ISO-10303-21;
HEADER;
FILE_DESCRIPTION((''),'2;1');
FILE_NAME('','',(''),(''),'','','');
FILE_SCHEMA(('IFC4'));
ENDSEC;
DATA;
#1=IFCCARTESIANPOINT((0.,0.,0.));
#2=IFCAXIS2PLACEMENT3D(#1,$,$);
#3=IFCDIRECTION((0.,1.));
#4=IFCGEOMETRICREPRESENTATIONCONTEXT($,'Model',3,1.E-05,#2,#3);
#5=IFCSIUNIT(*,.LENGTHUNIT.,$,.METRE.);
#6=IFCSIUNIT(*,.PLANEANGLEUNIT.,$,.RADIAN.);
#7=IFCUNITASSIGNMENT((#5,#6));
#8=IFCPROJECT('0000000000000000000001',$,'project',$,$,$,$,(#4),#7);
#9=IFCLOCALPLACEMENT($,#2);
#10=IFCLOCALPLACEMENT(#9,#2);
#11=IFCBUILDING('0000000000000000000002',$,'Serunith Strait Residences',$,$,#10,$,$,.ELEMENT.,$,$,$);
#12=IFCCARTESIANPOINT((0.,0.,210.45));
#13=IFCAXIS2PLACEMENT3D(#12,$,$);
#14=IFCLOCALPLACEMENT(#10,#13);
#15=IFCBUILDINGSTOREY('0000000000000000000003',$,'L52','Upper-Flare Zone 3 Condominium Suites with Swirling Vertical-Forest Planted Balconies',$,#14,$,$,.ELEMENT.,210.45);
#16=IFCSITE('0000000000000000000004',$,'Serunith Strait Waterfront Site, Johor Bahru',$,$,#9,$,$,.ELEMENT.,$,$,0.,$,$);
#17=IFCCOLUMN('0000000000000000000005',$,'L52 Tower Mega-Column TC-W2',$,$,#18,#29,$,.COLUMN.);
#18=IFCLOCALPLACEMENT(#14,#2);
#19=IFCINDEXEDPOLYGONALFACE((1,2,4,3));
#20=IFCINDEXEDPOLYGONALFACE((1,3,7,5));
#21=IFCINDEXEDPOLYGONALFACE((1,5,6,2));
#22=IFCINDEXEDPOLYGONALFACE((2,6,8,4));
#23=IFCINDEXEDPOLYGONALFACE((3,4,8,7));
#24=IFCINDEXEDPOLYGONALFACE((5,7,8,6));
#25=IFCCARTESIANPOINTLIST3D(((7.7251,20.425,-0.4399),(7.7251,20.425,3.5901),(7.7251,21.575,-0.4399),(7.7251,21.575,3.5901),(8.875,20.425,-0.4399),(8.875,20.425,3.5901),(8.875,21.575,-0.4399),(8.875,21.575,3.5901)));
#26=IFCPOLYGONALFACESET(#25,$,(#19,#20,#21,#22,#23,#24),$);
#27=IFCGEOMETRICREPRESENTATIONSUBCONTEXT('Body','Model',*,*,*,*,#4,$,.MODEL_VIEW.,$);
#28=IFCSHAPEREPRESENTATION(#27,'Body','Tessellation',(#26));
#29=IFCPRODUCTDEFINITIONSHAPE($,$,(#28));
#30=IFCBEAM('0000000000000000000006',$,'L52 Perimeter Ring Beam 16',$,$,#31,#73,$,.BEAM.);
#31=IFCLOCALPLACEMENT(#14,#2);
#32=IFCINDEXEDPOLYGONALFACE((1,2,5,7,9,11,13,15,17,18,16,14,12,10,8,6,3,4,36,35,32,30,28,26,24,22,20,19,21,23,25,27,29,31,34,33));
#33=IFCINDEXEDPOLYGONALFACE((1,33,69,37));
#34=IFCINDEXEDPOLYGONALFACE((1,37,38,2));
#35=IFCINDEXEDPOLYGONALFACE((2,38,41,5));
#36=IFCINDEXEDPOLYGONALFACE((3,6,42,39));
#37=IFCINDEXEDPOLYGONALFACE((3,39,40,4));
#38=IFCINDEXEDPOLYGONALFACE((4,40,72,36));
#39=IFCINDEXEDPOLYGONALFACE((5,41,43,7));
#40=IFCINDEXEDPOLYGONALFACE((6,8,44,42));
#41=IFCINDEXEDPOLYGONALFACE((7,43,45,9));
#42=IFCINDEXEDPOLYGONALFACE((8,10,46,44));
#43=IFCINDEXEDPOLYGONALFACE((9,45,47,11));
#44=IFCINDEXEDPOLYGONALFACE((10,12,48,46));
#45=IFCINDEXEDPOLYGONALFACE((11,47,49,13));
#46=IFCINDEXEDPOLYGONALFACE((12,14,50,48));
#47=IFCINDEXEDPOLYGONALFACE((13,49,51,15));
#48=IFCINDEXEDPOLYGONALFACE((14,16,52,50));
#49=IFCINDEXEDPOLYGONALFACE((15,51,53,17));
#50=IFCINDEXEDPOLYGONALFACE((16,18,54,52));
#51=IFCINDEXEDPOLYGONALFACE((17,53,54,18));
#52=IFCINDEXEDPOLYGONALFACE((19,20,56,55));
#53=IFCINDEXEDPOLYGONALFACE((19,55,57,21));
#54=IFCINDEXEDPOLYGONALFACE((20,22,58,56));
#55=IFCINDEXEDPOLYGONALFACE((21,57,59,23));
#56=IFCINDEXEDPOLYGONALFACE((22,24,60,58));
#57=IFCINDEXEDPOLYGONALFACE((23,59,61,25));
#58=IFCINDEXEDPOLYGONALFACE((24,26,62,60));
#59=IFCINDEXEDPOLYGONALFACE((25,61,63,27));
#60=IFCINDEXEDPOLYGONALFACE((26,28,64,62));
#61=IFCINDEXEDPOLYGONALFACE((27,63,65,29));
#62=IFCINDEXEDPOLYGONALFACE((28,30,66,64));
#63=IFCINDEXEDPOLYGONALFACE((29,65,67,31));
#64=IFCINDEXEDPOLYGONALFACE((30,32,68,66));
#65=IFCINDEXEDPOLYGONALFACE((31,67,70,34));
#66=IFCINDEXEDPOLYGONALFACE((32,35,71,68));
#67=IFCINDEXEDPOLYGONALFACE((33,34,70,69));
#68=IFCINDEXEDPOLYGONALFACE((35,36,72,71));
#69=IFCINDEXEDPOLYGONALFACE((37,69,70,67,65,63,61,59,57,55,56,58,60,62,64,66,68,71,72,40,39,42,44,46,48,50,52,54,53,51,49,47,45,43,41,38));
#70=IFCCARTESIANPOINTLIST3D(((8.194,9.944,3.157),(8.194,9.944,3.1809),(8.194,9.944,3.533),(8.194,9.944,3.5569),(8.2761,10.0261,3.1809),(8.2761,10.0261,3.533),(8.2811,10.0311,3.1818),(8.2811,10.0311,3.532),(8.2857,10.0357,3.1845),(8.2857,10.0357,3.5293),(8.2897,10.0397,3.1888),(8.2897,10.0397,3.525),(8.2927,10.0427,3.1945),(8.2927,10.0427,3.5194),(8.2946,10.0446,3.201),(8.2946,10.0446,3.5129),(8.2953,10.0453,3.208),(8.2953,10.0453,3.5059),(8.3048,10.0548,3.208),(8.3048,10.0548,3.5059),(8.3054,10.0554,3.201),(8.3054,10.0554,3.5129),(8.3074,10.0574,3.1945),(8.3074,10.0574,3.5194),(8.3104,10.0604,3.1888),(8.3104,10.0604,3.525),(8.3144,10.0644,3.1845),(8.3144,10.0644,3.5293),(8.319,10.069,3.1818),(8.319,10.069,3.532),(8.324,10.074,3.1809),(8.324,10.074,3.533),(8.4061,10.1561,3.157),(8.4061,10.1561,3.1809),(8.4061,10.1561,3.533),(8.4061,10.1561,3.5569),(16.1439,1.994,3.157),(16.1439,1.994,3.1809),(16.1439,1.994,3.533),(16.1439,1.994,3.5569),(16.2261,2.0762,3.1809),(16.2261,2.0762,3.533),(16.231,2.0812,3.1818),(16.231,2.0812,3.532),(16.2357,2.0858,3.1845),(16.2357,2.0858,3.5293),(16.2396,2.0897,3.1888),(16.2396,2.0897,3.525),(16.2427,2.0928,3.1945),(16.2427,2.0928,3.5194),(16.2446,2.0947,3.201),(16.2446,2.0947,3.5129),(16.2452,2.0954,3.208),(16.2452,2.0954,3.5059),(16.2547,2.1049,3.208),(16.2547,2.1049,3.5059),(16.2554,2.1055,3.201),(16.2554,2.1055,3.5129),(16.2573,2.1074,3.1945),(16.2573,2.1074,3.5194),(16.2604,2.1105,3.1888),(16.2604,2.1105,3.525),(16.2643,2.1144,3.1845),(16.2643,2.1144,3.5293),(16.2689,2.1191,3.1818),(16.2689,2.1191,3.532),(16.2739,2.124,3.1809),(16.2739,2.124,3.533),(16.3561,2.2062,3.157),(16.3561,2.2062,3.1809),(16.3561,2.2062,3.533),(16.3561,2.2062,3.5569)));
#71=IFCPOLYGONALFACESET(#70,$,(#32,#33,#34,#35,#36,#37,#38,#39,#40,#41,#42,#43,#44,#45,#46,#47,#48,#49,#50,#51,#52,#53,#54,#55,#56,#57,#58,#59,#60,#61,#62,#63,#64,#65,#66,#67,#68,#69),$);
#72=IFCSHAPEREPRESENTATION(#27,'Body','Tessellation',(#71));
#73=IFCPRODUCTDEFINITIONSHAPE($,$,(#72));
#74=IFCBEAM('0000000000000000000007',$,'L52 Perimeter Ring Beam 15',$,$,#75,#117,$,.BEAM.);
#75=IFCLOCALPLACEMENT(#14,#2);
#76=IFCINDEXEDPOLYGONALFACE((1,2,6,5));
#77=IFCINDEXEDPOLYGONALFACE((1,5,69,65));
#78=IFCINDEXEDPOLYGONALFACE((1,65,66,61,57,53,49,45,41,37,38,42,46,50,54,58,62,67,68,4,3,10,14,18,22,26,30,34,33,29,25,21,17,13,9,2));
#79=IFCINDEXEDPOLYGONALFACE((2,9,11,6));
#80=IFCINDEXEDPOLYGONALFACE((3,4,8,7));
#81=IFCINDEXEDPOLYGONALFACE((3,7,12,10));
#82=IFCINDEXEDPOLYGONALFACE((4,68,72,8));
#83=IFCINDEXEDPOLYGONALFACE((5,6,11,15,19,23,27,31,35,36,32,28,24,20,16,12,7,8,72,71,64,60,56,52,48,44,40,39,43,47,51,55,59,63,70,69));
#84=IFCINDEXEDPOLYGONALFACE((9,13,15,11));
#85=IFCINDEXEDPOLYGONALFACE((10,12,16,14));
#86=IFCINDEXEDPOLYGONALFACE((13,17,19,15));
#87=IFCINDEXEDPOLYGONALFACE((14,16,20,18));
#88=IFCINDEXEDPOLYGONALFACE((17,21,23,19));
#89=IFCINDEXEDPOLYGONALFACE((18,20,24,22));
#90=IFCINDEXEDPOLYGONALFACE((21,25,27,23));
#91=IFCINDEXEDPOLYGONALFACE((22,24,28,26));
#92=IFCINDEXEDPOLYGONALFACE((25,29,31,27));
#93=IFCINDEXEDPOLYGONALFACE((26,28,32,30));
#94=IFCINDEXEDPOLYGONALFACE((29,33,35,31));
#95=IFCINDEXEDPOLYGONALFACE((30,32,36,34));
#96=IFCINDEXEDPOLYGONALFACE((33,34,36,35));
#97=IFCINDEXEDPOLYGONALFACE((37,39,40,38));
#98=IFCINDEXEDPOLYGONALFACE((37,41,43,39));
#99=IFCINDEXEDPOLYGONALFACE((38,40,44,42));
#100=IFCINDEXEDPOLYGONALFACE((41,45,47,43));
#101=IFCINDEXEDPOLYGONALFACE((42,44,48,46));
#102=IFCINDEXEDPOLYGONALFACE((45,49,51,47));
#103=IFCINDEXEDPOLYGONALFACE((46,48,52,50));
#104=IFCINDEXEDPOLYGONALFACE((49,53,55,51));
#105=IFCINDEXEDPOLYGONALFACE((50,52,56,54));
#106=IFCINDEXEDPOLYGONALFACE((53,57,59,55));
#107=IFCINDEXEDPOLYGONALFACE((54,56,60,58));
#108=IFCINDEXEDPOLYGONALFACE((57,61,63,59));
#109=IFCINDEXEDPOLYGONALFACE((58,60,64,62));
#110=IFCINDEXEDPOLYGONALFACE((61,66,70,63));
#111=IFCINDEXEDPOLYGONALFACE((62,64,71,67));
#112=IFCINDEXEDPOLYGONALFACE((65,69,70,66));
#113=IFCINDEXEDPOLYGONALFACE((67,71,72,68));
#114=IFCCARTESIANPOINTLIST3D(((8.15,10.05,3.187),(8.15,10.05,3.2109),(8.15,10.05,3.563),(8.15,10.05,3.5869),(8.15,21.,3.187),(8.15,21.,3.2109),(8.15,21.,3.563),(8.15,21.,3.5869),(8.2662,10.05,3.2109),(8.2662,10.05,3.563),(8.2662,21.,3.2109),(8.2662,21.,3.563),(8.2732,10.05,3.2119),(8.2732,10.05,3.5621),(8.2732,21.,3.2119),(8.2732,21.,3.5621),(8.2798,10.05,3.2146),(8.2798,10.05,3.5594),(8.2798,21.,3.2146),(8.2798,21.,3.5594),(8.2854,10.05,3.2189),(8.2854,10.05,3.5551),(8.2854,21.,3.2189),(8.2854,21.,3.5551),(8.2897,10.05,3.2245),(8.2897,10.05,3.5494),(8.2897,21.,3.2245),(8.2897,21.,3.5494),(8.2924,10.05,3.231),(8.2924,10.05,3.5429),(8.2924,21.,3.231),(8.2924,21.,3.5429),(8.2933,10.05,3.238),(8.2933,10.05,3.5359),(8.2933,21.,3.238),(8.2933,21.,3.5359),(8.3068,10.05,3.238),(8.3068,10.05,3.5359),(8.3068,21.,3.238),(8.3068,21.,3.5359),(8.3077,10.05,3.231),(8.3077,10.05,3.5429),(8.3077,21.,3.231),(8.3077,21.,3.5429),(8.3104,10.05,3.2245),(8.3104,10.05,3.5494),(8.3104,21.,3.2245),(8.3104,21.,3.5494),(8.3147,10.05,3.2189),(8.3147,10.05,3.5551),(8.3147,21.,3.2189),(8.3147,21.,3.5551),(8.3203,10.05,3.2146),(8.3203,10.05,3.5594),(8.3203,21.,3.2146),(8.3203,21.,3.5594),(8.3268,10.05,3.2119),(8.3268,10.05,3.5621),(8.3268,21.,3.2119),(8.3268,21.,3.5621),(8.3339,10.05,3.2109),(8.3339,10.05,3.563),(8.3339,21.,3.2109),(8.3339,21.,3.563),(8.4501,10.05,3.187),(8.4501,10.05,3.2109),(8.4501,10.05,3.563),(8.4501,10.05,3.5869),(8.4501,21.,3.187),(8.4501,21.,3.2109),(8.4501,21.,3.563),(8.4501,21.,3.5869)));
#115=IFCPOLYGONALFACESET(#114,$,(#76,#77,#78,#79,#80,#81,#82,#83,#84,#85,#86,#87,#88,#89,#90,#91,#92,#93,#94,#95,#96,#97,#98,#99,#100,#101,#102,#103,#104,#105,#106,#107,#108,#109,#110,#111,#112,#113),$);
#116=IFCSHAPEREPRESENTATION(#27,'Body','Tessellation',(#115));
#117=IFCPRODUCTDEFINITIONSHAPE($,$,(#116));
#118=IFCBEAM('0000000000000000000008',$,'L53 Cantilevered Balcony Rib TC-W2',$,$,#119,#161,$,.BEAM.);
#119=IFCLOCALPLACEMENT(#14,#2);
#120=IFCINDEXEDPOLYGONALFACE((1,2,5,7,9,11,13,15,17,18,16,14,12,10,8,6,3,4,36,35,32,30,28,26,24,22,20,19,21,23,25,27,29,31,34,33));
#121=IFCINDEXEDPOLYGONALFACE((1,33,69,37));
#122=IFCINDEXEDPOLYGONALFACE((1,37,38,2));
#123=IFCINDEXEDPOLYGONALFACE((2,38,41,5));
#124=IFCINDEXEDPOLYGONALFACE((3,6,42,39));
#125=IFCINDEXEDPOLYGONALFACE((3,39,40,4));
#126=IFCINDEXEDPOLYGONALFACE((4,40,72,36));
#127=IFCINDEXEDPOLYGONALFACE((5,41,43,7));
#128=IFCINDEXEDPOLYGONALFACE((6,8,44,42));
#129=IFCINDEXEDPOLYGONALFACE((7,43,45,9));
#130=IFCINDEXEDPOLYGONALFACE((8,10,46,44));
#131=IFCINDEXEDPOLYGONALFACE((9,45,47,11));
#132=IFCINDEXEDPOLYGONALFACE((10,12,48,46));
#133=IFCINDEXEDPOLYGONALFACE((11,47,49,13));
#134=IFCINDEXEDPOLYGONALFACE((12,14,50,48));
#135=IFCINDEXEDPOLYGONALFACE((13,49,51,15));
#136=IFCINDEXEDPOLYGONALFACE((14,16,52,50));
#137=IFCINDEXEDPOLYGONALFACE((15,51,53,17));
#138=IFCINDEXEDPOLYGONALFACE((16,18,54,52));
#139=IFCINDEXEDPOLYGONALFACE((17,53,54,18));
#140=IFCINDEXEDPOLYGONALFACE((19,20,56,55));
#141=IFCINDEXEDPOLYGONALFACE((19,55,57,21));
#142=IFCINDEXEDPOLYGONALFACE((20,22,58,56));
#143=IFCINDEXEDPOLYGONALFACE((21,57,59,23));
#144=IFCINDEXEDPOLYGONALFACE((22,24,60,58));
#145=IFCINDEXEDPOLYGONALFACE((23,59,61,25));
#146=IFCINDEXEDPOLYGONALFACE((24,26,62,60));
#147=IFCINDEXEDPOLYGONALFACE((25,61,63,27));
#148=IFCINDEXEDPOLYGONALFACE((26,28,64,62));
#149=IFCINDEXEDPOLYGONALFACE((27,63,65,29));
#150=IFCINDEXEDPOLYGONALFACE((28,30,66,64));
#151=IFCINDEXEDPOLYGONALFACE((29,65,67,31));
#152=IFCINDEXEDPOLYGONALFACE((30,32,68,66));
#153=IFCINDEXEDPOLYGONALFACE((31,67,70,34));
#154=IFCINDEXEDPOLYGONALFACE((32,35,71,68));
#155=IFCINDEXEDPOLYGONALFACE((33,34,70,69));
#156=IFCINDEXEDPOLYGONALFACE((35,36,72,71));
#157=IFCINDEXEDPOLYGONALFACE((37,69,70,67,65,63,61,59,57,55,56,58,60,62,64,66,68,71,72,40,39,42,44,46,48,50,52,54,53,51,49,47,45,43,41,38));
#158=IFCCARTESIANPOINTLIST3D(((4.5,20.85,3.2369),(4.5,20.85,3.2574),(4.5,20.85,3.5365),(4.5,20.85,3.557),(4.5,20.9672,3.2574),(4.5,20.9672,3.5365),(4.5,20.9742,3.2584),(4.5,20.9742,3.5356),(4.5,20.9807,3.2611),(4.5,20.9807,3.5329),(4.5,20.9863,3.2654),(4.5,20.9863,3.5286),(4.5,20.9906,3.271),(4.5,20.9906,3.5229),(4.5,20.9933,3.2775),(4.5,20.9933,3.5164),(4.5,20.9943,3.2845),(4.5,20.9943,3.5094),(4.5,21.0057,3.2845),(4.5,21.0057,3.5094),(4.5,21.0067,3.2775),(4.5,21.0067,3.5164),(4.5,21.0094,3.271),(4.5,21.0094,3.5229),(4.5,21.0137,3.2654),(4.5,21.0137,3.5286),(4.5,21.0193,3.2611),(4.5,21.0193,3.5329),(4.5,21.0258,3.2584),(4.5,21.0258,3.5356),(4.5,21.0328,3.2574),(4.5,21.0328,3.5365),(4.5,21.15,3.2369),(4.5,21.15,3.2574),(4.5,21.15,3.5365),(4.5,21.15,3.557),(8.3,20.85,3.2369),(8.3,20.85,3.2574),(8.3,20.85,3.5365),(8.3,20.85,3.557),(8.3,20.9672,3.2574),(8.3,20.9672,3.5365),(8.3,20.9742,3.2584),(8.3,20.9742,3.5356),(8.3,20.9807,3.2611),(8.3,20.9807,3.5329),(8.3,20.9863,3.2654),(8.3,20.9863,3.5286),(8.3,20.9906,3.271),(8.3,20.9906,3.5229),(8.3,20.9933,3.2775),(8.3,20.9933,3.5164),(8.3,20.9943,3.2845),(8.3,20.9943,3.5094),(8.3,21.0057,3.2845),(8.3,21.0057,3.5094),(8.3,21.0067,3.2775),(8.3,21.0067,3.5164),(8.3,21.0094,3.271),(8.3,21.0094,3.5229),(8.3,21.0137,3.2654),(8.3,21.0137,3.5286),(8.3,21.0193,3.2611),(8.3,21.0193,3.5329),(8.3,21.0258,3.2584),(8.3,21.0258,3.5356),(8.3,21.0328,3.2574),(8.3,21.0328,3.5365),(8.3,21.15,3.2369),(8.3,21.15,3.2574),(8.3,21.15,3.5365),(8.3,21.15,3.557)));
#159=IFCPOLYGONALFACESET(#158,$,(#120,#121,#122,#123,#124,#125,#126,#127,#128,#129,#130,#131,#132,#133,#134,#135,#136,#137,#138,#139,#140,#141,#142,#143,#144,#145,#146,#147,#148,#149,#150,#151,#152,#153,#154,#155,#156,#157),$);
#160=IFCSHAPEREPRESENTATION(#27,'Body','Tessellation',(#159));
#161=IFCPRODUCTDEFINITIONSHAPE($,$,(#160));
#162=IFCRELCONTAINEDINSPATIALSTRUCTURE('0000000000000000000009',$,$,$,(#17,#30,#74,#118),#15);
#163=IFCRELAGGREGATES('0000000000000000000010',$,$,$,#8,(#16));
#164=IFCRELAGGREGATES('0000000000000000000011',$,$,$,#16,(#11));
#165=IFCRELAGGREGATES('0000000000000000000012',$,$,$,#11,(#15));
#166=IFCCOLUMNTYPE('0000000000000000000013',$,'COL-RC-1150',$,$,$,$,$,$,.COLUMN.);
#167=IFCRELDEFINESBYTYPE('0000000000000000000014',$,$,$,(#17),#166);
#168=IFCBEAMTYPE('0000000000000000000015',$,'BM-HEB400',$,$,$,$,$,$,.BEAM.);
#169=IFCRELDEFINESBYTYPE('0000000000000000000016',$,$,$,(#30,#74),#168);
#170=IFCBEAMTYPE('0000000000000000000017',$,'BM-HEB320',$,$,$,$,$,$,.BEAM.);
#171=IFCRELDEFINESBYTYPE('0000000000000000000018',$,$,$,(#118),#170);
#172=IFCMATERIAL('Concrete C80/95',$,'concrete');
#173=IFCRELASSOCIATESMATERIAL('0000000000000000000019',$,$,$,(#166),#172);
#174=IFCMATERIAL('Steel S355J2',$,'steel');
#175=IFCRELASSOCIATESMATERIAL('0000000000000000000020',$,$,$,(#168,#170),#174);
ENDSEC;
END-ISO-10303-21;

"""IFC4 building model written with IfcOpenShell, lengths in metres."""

from ifc_helpers import new_model, si_unit, direction, frame, origin, origin_2d, place, context, subcontext, project, spatial, rectangle, i_section, extrude, source, transform, mapped, material, material_profile, profile_set, type_object, element, save


model = new_model("IFC4")

# Units and contexts
model_context = context("Model", 3, precision=1e-05, world=origin(), true_north=direction((0.0, 1.0)))
body_context = subcontext(model_context, "Body", "Model", "MODEL_VIEW")
ifc_project = project(units=[si_unit("LENGTHUNIT", "METRE"), si_unit("PLANEANGLEUNIT", "RADIAN")], contexts=[model_context])

# Site, building, storey
site_placement = place(None, origin())
site = spatial("IfcSite", under=ifc_project, at=site_placement, Name="Serunith Strait Waterfront Site, Johor Bahru", CompositionType="ELEMENT", RefElevation=0.0)
building_placement = place(site_placement, origin())
building = spatial("IfcBuilding", under=site, at=building_placement, Name="Serunith Strait Residences", CompositionType="ELEMENT")
storey_placement = place(building_placement, frame((0.0, 0.0, 210.45)))
storey = spatial("IfcBuildingStorey", under=building, at=storey_placement, Name="L52", Description="Upper-Flare Zone 3 Condominium Suites with Swirling Vertical-Forest Planted Balconies", CompositionType="ELEMENT", Elevation=210.45)

# Column
ifc_material_1 = material(Name="Concrete C80/95", Category="concrete")
ifc_material_profile_1 = material_profile(ifc_material_1, rectangle(XDim=1.1499, YDim=1.1499, at=origin_2d()), Name="RC 1150x1150")
ifc_profile_set_1 = profile_set([ifc_material_profile_1], Name="Concrete C80/95")
column_type = type_object("IfcColumnType", Name="COL-RC-1150", PredefinedType="COLUMN", material=ifc_profile_set_1)
shared_shape_1 = source(origin(), body_context, "Body", "SweptSolid", [
    extrude(rectangle(XDim=1.1499, YDim=1.1499, at=origin_2d()), origin(), (0.0, 0.0, 1.0), 4.03),
])
column_placement = place(storey_placement, frame((8.3, 21.0, -0.4399), z_axis=(0.0, 0.0, 1.0), x_axis=(1.0, 0.0, 0.0)))
element("IfcColumn", 1, at=column_placement, inside=storey, type_object=column_type, Name="L52 Tower Mega-Column TC-W2", PredefinedType="COLUMN", context=body_context, shape_type="MappedRepresentation", body=[
    mapped(shared_shape_1, transform((0.0, 0.0, 0.0), scale=1.0)),
])

# Beams
ifc_material_2 = material(Name="Steel S355J2", Category="steel")
ifc_material_profile_2 = material_profile(ifc_material_2, i_section(OverallWidth=0.3, OverallDepth=0.3999, WebThickness=0.0134, FlangeThickness=0.0239, FilletRadius=0.0271, at=origin_2d()), Name="HEB 400")
ifc_profile_set_2 = profile_set([ifc_material_profile_2], Name="Steel S355J2")
beam_type_1 = type_object("IfcBeamType", Name="BM-HEB400", PredefinedType="BEAM", material=ifc_profile_set_2)
shared_shape_2 = source(origin(), body_context, "Body", "SweptSolid", [
    extrude(i_section(OverallWidth=0.3, OverallDepth=0.3999, WebThickness=0.0134, FlangeThickness=0.0239, FilletRadius=0.0271, at=origin_2d()), origin(), (0.0, 0.0, 1.0), 11.2429),
])
beam_1_placement = place(storey_placement, frame((8.3, 10.05, 3.3569), z_axis=(0.707107, -0.707107, 0.0), x_axis=(0.707107, 0.707107, 0.0)))
element("IfcBeam", 2, at=beam_1_placement, inside=storey, type_object=beam_type_1, Name="L52 Perimeter Ring Beam 16", PredefinedType="BEAM", context=body_context, shape_type="MappedRepresentation", body=[
    mapped(shared_shape_2, transform((0.0, 0.0, 0.0), scale=1.0)),
])
shared_shape_3 = source(origin(), body_context, "Body", "SweptSolid", [
    extrude(i_section(OverallWidth=0.3, OverallDepth=0.3999, WebThickness=0.0134, FlangeThickness=0.0239, FilletRadius=0.0271, at=origin_2d()), origin(), (0.0, 0.0, 1.0), 10.95),
])
beam_2_placement = place(storey_placement, frame((8.3, 21.0, 3.387), z_axis=(0.0, -1.0, 0.0), x_axis=(1.0, 0.0, 0.0)))
element("IfcBeam", 3, at=beam_2_placement, inside=storey, type_object=beam_type_1, Name="L52 Perimeter Ring Beam 15", PredefinedType="BEAM", context=body_context, shape_type="MappedRepresentation", body=[
    mapped(shared_shape_3, transform((0.0, 0.0, 0.0), scale=1.0)),
])
ifc_material_profile_3 = material_profile(ifc_material_2, i_section(OverallWidth=0.3, OverallDepth=0.3201, WebThickness=0.0115, FlangeThickness=0.0205, FilletRadius=0.0271, at=origin_2d()), Name="HEB 320")
ifc_profile_set_3 = profile_set([ifc_material_profile_3], Name="Steel S355J2")
beam_type_2 = type_object("IfcBeamType", Name="BM-HEB320", PredefinedType="BEAM", material=ifc_profile_set_3)
shared_shape_4 = source(origin(), body_context, "Body", "SweptSolid", [
    extrude(i_section(OverallWidth=0.3, OverallDepth=0.3201, WebThickness=0.0115, FlangeThickness=0.0205, FilletRadius=0.0271, at=origin_2d()), origin(), (0.0, 0.0, 1.0), 3.8),
])
beam_3_placement = place(storey_placement, frame((8.3, 21.0, 3.397), z_axis=(-1.0, 0.0, 0.0), x_axis=(0.0, -1.0, 0.0)))
element("IfcBeam", 4, at=beam_3_placement, inside=storey, type_object=beam_type_2, Name="L53 Cantilevered Balcony Rib TC-W2", PredefinedType="BEAM", context=body_context, shape_type="MappedRepresentation", body=[
    mapped(shared_shape_4, transform((0.0, 0.0, 0.0), scale=1.0)),
])

save(model, "model.ifc")
